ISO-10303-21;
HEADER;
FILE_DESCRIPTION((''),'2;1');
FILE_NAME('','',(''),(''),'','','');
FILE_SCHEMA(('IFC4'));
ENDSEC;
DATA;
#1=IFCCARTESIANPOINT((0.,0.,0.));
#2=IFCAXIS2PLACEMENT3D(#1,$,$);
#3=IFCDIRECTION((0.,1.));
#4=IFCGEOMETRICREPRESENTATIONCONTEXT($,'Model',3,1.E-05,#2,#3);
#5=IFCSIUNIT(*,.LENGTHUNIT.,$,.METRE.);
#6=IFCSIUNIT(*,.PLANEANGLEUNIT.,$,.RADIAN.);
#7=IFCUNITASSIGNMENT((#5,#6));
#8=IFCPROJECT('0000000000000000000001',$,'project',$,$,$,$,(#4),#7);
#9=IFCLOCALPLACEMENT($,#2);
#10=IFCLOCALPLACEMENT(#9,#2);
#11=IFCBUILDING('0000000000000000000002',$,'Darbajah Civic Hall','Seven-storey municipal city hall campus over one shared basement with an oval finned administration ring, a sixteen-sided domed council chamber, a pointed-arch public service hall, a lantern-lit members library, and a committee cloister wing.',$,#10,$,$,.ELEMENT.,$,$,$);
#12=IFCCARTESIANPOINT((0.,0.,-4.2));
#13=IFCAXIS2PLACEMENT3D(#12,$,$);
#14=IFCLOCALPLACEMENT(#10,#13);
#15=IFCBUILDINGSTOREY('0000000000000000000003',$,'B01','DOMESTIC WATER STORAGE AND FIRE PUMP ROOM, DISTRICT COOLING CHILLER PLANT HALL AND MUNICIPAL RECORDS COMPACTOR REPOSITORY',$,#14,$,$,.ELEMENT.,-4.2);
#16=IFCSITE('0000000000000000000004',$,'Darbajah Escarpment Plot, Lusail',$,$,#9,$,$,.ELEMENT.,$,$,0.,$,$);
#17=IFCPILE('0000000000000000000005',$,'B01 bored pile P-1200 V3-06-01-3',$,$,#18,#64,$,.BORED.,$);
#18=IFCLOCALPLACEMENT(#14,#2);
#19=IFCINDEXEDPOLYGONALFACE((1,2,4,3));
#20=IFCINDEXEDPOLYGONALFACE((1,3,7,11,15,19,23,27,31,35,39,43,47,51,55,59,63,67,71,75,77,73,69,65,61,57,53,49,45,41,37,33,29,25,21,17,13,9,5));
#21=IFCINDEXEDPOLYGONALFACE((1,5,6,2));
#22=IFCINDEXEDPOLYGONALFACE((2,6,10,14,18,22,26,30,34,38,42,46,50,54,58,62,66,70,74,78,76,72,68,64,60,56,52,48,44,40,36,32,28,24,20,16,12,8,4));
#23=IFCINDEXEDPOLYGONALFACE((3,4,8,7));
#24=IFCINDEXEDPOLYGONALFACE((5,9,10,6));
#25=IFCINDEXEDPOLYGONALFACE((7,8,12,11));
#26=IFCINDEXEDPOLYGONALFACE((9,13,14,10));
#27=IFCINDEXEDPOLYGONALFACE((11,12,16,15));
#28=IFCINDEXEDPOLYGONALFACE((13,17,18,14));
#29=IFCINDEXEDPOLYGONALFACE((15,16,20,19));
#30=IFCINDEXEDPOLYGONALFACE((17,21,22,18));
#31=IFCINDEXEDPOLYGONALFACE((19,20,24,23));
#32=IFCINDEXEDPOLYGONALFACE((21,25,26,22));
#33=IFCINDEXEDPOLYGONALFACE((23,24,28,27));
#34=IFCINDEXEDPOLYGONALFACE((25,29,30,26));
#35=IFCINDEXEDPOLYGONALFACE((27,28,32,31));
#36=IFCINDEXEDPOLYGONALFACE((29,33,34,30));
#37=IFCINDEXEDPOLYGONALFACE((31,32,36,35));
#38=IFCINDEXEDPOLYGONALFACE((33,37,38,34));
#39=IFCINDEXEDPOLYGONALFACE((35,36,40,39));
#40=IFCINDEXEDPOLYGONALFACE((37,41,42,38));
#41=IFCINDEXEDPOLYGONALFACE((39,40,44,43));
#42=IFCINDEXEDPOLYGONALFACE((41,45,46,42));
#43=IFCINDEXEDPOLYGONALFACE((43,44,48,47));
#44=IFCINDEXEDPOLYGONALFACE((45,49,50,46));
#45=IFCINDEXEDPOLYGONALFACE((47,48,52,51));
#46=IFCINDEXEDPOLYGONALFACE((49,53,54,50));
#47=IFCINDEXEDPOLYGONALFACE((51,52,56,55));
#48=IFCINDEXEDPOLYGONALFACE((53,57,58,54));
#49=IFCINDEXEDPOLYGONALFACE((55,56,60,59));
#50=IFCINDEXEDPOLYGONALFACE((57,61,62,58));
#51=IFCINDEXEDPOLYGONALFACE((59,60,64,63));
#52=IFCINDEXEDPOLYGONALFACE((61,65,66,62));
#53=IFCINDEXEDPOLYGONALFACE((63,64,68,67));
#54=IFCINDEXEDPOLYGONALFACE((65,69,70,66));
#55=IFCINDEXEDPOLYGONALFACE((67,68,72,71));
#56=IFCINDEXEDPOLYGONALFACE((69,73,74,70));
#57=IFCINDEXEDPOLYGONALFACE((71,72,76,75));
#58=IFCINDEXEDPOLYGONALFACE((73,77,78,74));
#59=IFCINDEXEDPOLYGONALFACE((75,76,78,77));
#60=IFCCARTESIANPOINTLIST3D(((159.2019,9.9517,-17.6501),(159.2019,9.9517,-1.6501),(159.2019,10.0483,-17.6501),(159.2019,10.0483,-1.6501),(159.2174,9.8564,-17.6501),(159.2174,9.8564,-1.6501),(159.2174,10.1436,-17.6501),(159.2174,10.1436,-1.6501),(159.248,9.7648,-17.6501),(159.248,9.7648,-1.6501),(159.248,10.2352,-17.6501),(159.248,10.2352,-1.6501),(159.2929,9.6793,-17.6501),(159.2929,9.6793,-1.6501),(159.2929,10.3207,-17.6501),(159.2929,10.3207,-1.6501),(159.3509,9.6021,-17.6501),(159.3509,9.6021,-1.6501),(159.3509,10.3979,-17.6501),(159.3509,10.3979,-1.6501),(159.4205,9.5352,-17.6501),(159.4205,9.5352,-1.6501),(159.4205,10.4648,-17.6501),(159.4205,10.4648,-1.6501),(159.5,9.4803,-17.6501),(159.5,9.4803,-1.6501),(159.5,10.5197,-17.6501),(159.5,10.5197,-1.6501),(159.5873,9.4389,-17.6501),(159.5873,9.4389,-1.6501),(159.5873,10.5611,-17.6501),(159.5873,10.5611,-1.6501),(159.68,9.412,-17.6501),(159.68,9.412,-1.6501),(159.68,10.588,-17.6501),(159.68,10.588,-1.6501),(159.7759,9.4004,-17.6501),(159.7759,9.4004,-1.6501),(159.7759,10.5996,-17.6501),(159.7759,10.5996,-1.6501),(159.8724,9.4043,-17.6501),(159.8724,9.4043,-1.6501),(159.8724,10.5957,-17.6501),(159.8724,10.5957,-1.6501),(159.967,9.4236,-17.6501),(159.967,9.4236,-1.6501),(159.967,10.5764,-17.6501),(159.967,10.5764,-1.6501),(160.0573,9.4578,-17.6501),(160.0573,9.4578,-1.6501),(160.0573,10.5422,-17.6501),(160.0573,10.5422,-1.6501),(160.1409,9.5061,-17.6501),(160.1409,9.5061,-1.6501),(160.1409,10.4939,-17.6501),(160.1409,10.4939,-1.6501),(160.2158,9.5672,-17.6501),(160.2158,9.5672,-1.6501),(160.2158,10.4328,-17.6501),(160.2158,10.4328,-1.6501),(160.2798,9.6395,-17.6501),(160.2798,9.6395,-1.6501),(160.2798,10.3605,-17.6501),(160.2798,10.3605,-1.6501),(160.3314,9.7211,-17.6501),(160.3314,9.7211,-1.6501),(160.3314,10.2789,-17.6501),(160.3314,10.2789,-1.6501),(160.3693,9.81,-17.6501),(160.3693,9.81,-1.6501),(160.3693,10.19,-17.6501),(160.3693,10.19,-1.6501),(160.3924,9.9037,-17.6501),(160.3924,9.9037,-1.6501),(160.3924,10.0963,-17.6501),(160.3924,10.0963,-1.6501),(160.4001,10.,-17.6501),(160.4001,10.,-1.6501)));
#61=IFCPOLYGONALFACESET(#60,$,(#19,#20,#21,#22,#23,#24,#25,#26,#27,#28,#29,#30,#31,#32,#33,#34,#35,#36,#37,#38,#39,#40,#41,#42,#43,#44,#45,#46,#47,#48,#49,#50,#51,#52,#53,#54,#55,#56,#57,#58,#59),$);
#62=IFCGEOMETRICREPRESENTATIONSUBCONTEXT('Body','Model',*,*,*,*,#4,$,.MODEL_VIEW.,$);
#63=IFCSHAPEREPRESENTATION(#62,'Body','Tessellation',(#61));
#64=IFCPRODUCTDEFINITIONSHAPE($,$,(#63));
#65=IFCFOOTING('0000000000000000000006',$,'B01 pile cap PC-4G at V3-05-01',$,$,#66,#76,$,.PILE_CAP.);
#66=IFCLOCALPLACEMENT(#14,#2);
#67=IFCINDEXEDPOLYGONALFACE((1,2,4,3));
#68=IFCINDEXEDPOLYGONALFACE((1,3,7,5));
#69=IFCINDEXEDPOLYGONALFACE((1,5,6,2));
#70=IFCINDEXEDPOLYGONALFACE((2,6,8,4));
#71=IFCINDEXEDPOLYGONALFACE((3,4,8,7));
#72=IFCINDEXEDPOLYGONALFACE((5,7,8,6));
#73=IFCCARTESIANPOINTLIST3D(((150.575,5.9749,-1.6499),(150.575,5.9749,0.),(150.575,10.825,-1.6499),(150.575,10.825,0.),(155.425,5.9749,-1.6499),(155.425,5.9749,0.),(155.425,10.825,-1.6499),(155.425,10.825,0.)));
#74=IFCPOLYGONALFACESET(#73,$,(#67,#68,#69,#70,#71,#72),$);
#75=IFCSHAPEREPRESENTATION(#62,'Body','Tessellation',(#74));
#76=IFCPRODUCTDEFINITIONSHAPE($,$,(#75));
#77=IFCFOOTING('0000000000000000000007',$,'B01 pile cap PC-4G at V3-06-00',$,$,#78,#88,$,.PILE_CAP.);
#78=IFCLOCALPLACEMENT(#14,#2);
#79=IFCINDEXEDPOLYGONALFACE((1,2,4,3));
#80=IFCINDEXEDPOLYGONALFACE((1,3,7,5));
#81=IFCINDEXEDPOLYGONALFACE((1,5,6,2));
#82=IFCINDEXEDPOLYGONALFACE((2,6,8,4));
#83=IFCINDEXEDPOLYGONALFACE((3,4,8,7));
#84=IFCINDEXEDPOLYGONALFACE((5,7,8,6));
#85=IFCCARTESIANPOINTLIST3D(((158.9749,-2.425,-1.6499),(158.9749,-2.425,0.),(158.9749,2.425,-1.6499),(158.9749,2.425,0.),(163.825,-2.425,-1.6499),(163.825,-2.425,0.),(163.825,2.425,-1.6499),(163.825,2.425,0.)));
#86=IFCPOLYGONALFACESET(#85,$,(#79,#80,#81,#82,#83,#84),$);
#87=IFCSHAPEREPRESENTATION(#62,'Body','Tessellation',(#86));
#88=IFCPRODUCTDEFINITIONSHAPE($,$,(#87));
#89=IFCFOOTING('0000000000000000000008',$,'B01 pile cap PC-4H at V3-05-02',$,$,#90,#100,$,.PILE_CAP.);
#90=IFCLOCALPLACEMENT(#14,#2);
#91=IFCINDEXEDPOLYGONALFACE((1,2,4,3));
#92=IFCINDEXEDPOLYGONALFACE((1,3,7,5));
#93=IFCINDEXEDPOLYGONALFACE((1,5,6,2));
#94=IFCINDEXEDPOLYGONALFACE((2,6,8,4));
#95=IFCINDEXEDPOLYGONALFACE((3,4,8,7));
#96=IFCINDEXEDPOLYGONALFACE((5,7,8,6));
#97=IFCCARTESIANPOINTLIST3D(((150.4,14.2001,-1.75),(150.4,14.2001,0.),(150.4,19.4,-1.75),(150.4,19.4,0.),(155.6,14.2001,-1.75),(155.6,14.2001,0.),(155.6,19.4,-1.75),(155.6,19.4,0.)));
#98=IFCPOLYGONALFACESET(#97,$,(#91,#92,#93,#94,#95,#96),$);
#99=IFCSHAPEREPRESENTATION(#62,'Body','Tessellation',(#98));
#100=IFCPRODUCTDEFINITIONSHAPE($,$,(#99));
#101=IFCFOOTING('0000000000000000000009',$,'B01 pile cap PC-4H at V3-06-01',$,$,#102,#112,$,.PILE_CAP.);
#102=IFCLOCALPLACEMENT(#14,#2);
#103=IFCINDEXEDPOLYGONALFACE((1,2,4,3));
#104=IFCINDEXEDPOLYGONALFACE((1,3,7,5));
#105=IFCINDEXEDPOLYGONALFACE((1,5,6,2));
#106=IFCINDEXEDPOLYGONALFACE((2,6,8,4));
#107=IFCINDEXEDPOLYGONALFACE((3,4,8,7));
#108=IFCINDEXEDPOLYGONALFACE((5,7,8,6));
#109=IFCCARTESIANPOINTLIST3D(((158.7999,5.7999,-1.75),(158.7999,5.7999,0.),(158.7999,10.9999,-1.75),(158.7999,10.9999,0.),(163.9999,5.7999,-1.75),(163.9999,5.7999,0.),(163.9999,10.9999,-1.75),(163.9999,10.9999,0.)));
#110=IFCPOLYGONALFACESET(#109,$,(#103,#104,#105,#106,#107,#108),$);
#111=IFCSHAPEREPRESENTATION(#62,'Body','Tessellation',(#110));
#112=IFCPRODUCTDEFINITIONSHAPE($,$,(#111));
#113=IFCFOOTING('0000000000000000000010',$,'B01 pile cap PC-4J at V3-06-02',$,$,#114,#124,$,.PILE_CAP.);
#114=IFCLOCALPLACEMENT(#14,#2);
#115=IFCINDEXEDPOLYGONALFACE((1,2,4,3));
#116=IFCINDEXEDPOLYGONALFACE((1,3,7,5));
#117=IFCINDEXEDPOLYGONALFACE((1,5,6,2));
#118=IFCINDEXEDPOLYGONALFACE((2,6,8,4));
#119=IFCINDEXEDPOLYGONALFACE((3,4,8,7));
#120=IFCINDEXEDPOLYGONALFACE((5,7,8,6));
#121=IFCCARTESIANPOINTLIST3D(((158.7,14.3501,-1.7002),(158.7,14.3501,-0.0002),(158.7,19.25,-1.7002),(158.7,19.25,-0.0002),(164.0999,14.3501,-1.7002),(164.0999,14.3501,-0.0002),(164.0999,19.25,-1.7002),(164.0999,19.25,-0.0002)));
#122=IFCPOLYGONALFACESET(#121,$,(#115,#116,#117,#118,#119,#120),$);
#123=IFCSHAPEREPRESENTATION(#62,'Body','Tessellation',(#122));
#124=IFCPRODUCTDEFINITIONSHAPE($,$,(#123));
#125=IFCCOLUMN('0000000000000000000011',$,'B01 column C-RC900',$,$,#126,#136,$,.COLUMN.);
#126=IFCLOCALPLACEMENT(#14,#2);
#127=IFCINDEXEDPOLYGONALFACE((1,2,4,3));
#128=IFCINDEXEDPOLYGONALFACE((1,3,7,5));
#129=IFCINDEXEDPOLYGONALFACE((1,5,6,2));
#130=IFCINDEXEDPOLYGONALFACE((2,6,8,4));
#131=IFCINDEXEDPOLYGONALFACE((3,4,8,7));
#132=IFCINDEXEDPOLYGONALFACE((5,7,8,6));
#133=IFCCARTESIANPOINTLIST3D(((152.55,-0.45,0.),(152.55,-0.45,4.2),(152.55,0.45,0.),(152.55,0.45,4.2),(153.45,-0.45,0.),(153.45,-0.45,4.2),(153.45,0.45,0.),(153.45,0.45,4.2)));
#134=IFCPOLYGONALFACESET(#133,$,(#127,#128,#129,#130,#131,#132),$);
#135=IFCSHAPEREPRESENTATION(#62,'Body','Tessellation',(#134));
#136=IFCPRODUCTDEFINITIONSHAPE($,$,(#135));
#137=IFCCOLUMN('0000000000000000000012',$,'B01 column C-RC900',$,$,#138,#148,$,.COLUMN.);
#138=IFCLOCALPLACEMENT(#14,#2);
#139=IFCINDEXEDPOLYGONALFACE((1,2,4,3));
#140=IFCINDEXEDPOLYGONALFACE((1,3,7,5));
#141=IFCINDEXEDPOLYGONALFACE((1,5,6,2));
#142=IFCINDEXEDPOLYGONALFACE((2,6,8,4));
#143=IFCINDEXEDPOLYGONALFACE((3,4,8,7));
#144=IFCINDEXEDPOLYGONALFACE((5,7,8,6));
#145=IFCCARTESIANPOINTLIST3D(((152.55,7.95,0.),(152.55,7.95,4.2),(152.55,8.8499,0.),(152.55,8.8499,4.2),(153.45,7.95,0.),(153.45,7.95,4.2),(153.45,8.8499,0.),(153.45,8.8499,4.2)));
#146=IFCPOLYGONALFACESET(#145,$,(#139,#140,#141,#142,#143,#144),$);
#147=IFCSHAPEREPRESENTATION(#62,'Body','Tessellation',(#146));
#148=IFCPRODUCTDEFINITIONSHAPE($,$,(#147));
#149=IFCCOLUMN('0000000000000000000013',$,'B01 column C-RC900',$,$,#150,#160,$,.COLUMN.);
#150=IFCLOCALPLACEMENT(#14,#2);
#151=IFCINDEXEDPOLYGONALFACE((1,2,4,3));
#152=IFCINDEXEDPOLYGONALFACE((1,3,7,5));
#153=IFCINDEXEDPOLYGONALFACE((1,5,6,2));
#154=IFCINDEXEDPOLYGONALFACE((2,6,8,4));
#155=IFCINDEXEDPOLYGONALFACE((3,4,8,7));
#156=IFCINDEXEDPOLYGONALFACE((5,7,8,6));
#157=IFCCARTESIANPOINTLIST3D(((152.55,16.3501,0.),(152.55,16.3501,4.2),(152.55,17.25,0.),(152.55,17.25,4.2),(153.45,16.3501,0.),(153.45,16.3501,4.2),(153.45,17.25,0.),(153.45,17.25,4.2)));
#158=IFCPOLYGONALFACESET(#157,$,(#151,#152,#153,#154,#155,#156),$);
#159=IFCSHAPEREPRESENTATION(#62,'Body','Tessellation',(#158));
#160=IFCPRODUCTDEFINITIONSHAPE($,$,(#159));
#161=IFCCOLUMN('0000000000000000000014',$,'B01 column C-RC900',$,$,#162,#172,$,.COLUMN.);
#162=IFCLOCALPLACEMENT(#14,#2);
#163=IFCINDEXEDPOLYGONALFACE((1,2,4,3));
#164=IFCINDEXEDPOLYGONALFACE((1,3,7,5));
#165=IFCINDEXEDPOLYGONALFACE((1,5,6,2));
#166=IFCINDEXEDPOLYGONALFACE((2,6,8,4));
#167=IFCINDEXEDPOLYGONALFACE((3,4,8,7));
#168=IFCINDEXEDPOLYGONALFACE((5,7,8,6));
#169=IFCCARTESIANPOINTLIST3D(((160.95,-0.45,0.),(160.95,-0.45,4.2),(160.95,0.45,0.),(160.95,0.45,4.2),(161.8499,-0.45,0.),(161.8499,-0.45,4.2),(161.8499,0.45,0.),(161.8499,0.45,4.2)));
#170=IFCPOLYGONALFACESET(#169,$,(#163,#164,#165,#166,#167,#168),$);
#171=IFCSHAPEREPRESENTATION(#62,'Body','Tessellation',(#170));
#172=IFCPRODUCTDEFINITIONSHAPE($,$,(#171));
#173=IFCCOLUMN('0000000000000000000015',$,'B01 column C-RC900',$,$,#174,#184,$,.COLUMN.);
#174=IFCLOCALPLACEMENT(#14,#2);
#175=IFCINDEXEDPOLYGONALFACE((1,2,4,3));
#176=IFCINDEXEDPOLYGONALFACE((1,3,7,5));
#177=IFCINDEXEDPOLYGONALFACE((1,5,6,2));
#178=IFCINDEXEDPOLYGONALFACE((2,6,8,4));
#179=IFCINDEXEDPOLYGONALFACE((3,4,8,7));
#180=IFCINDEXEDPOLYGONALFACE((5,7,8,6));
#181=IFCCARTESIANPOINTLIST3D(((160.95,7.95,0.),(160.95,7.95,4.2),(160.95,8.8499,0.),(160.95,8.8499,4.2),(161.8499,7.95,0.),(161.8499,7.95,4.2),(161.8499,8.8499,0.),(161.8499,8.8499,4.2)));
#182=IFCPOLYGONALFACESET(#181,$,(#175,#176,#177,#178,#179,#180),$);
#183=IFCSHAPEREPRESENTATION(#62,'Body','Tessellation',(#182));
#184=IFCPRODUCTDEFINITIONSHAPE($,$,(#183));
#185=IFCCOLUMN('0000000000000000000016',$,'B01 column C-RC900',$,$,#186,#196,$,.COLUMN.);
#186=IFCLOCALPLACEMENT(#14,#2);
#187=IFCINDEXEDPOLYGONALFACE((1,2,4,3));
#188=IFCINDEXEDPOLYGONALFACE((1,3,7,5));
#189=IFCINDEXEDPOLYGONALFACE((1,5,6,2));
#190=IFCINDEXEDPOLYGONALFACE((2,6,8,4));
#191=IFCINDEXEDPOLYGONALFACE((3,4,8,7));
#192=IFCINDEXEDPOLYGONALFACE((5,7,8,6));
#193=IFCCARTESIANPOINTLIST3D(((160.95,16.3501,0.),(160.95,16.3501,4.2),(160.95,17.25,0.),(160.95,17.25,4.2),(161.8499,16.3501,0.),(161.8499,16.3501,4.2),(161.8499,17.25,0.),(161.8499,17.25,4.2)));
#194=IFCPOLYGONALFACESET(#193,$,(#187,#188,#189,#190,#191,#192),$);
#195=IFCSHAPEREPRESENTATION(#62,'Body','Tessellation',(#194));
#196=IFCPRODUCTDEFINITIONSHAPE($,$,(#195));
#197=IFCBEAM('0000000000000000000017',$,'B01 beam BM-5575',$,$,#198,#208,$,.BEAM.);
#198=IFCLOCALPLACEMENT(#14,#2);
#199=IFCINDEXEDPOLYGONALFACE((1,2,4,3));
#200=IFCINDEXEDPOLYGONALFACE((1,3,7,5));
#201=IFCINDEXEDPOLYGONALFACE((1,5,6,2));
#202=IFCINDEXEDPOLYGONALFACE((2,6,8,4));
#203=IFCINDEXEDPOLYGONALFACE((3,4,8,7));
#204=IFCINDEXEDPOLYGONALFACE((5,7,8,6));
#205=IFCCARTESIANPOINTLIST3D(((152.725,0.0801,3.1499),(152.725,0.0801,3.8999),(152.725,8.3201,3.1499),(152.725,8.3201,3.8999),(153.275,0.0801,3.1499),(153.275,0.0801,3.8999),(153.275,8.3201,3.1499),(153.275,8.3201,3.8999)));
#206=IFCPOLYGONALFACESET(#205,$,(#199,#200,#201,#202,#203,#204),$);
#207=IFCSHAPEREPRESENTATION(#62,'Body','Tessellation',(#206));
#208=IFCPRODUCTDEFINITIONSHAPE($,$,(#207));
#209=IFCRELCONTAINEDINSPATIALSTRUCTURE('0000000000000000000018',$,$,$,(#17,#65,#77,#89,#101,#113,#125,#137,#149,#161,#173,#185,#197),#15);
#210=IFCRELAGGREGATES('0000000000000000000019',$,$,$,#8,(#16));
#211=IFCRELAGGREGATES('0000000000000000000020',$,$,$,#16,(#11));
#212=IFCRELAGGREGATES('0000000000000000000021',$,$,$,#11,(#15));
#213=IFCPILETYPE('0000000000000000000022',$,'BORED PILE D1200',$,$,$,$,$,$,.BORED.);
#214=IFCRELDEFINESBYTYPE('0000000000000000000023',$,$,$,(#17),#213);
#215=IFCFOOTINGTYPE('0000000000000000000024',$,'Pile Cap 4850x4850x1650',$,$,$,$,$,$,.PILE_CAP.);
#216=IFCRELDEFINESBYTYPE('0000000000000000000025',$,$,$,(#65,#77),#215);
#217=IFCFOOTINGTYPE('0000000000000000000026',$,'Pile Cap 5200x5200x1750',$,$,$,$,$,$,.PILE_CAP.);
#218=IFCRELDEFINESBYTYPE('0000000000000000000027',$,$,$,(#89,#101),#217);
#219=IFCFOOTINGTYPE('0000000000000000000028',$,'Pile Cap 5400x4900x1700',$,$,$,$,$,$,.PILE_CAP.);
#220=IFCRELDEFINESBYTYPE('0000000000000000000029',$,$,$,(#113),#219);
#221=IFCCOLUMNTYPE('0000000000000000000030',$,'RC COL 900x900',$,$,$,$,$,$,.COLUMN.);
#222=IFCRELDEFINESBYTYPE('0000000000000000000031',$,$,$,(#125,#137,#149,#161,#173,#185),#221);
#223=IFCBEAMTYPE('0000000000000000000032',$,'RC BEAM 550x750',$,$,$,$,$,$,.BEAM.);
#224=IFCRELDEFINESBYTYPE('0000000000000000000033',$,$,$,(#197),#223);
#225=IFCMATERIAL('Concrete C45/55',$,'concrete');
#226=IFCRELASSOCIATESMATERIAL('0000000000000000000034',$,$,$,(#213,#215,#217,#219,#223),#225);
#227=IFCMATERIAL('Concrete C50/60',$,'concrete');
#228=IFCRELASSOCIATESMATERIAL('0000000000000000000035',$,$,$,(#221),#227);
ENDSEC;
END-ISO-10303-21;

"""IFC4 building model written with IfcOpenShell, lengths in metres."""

from ifc_helpers import new_model, si_unit, direction, frame, origin, origin_2d, place, context, subcontext, project, spatial, rectangle, circle, extrude, material, material_profile, profile_set, type_object, element, save


model = new_model("IFC4")

# Units and contexts
model_context = context("Model", 3, precision=1e-05, world=origin(), true_north=direction((0.0, 1.0)))
body_context = subcontext(model_context, "Body", "Model", "MODEL_VIEW")
ifc_project = project(units=[si_unit("LENGTHUNIT", "METRE"), si_unit("PLANEANGLEUNIT", "RADIAN")], contexts=[model_context])

# Site, building, storey
site_placement = place(None, origin())
site = spatial("IfcSite", under=ifc_project, at=site_placement, Name="Darbajah Escarpment Plot, Lusail", CompositionType="ELEMENT", RefElevation=0.0)
building_placement = place(site_placement, origin())
building = spatial("IfcBuilding", under=site, at=building_placement, Name="Darbajah Civic Hall", Description="Seven-storey municipal city hall campus over one shared basement with an oval finned administration ring, a sixteen-sided domed council chamber, a pointed-arch public service hall, a lantern-lit members library, and a committee cloister wing.", CompositionType="ELEMENT")
storey_placement = place(building_placement, frame((0.0, 0.0, -4.2)))
storey = spatial("IfcBuildingStorey", under=building, at=storey_placement, Name="B01", Description="DOMESTIC WATER STORAGE AND FIRE PUMP ROOM, DISTRICT COOLING CHILLER PLANT HALL AND MUNICIPAL RECORDS COMPACTOR REPOSITORY", CompositionType="ELEMENT", Elevation=-4.2)

# Pile
ifc_material_1 = material(Name="Concrete C45/55", Category="concrete")
ifc_material_profile_1 = material_profile(ifc_material_1, circle(Radius=0.6001, at=origin_2d()), Name="BORED PILE D1200")
ifc_profile_set_1 = profile_set([ifc_material_profile_1], Name="Concrete C45/55")
pile_type_1 = type_object("IfcPileType", Name="BORED PILE D1200", PredefinedType="BORED", material=ifc_profile_set_1)
for number, where, z_axis, x_axis, name in (
    (1, (159.8, 10.0, -1.6501), (0.0, 0.0, -1.0), (1.0, 0.0, 0.0), "B01 bored pile P-1200 V3-06-01-3"),
):
    element("IfcPile", number, at=place(storey_placement, frame(where, z_axis=z_axis, x_axis=x_axis)), inside=storey, type_object=pile_type_1, Name=name, PredefinedType="BORED", context=body_context, shape_type="SweptSolid", body=[
        extrude(circle(Radius=0.6001, at=origin_2d()), origin(), (0.0, 0.0, 1.0), 16.0),
    ])

# Footings
footing_type_1 = type_object("IfcFootingType", Name="Pile Cap 4850x4850x1650", PredefinedType="PILE_CAP", material=ifc_material_1)
for number, where, z_axis, x_axis, name in (
    (2, (153.0, 8.3999, -1.6499), (0.0, 0.0, 1.0), (1.0, 0.0, 0.0), "B01 pile cap PC-4G at V3-05-01"),
    (3, (161.3999, 0.0, -1.6499), (0.0, 0.0, 1.0), (1.0, 0.0, 0.0), "B01 pile cap PC-4G at V3-06-00"),
):
    element("IfcFooting", number, at=place(storey_placement, frame(where, z_axis=z_axis, x_axis=x_axis)), inside=storey, type_object=footing_type_1, Name=name, PredefinedType="PILE_CAP", context=body_context, shape_type="SweptSolid", body=[
        extrude(rectangle(XDim=4.8501, YDim=4.8501, at=origin_2d()), origin(), (0.0, 0.0, 1.0), 1.6499),
    ])
footing_type_2 = type_object("IfcFootingType", Name="Pile Cap 5200x5200x1750", PredefinedType="PILE_CAP", material=ifc_material_1)
for number, where, z_axis, x_axis, name in (
    (4, (153.0, 16.8, -1.75), (0.0, 0.0, 1.0), (1.0, 0.0, 0.0), "B01 pile cap PC-4H at V3-05-02"),
    (5, (161.3999, 8.3999, -1.75), (0.0, 0.0, 1.0), (1.0, 0.0, 0.0), "B01 pile cap PC-4H at V3-06-01"),
):
    element("IfcFooting", number, at=place(storey_placement, frame(where, z_axis=z_axis, x_axis=x_axis)), inside=storey, type_object=footing_type_2, Name=name, PredefinedType="PILE_CAP", context=body_context, shape_type="SweptSolid", body=[
        extrude(rectangle(XDim=5.2, YDim=5.2, at=origin_2d()), origin(), (0.0, 0.0, 1.0), 1.75),
    ])
footing_type_3 = type_object("IfcFootingType", Name="Pile Cap 5400x4900x1700", PredefinedType="PILE_CAP", material=ifc_material_1)
footing_placement = place(storey_placement, frame((161.3999, 16.8, -1.7002), z_axis=(0.0, 0.0, 1.0), x_axis=(1.0, 0.0, 0.0)))
element("IfcFooting", 6, at=footing_placement, inside=storey, type_object=footing_type_3, Name="B01 pile cap PC-4J at V3-06-02", PredefinedType="PILE_CAP", context=body_context, shape_type="SweptSolid", body=[
    extrude(rectangle(XDim=5.3999, YDim=4.8999, at=origin_2d()), origin(), (0.0, 0.0, 1.0), 1.7),
])

# Columns
ifc_material_2 = material(Name="Concrete C50/60", Category="concrete")
ifc_material_profile_2 = material_profile(ifc_material_2, rectangle(XDim=0.8999, YDim=0.8999, at=origin_2d()), Name="RC COL 900x900")
ifc_profile_set_2 = profile_set([ifc_material_profile_2], Name="Concrete C50/60")
column_type = type_object("IfcColumnType", Name="RC COL 900x900", PredefinedType="COLUMN", material=ifc_profile_set_2)
for number, where, z_axis, x_axis, name in (
    (7, (153.0, 0.0, 0.0), (0.0, 0.0, 1.0), (1.0, 0.0, 0.0), "B01 column C-RC900"),
    (8, (153.0, 8.3999, 0.0), (0.0, 0.0, 1.0), (1.0, 0.0, 0.0), "B01 column C-RC900"),
    (9, (153.0, 16.8, 0.0), (0.0, 0.0, 1.0), (1.0, 0.0, 0.0), "B01 column C-RC900"),
    (10, (161.3999, 0.0, 0.0), (0.0, 0.0, 1.0), (1.0, 0.0, 0.0), "B01 column C-RC900"),
    (11, (161.3999, 8.3999, 0.0), (0.0, 0.0, 1.0), (1.0, 0.0, 0.0), "B01 column C-RC900"),
    (12, (161.3999, 16.8, 0.0), (0.0, 0.0, 1.0), (1.0, 0.0, 0.0), "B01 column C-RC900"),
):
    element("IfcColumn", number, at=place(storey_placement, frame(where, z_axis=z_axis, x_axis=x_axis)), inside=storey, type_object=column_type, Name=name, PredefinedType="COLUMN", context=body_context, shape_type="SweptSolid", body=[
        extrude(rectangle(XDim=0.8999, YDim=0.8999, at=origin_2d()), origin(), (0.0, 0.0, 1.0), 4.2),
    ])

# Beam
ifc_material_profile_3 = material_profile(ifc_material_1, rectangle(XDim=0.55, YDim=0.75, at=origin_2d()), Name="RC BEAM 550x750")
ifc_profile_set_3 = profile_set([ifc_material_profile_3], Name="Concrete C45/55")
beam_type_1 = type_object("IfcBeamType", Name="RC BEAM 550x750", PredefinedType="BEAM", material=ifc_profile_set_3)
for number, where, z_axis, x_axis, name in (
    (13, (153.0, 0.0801, 3.5249), (0.0, 1.0, 0.0), (-1.0, 0.0, 0.0), "B01 beam BM-5575"),
):
    element("IfcBeam", number, at=place(storey_placement, frame(where, z_axis=z_axis, x_axis=x_axis)), inside=storey, type_object=beam_type_1, Name=name, PredefinedType="BEAM", context=body_context, shape_type="SweptSolid", body=[
        extrude(rectangle(XDim=0.55, YDim=0.75, at=origin_2d()), origin(), (0.0, 0.0, 1.0), 8.24),
    ])

save(model, "model.ifc")
